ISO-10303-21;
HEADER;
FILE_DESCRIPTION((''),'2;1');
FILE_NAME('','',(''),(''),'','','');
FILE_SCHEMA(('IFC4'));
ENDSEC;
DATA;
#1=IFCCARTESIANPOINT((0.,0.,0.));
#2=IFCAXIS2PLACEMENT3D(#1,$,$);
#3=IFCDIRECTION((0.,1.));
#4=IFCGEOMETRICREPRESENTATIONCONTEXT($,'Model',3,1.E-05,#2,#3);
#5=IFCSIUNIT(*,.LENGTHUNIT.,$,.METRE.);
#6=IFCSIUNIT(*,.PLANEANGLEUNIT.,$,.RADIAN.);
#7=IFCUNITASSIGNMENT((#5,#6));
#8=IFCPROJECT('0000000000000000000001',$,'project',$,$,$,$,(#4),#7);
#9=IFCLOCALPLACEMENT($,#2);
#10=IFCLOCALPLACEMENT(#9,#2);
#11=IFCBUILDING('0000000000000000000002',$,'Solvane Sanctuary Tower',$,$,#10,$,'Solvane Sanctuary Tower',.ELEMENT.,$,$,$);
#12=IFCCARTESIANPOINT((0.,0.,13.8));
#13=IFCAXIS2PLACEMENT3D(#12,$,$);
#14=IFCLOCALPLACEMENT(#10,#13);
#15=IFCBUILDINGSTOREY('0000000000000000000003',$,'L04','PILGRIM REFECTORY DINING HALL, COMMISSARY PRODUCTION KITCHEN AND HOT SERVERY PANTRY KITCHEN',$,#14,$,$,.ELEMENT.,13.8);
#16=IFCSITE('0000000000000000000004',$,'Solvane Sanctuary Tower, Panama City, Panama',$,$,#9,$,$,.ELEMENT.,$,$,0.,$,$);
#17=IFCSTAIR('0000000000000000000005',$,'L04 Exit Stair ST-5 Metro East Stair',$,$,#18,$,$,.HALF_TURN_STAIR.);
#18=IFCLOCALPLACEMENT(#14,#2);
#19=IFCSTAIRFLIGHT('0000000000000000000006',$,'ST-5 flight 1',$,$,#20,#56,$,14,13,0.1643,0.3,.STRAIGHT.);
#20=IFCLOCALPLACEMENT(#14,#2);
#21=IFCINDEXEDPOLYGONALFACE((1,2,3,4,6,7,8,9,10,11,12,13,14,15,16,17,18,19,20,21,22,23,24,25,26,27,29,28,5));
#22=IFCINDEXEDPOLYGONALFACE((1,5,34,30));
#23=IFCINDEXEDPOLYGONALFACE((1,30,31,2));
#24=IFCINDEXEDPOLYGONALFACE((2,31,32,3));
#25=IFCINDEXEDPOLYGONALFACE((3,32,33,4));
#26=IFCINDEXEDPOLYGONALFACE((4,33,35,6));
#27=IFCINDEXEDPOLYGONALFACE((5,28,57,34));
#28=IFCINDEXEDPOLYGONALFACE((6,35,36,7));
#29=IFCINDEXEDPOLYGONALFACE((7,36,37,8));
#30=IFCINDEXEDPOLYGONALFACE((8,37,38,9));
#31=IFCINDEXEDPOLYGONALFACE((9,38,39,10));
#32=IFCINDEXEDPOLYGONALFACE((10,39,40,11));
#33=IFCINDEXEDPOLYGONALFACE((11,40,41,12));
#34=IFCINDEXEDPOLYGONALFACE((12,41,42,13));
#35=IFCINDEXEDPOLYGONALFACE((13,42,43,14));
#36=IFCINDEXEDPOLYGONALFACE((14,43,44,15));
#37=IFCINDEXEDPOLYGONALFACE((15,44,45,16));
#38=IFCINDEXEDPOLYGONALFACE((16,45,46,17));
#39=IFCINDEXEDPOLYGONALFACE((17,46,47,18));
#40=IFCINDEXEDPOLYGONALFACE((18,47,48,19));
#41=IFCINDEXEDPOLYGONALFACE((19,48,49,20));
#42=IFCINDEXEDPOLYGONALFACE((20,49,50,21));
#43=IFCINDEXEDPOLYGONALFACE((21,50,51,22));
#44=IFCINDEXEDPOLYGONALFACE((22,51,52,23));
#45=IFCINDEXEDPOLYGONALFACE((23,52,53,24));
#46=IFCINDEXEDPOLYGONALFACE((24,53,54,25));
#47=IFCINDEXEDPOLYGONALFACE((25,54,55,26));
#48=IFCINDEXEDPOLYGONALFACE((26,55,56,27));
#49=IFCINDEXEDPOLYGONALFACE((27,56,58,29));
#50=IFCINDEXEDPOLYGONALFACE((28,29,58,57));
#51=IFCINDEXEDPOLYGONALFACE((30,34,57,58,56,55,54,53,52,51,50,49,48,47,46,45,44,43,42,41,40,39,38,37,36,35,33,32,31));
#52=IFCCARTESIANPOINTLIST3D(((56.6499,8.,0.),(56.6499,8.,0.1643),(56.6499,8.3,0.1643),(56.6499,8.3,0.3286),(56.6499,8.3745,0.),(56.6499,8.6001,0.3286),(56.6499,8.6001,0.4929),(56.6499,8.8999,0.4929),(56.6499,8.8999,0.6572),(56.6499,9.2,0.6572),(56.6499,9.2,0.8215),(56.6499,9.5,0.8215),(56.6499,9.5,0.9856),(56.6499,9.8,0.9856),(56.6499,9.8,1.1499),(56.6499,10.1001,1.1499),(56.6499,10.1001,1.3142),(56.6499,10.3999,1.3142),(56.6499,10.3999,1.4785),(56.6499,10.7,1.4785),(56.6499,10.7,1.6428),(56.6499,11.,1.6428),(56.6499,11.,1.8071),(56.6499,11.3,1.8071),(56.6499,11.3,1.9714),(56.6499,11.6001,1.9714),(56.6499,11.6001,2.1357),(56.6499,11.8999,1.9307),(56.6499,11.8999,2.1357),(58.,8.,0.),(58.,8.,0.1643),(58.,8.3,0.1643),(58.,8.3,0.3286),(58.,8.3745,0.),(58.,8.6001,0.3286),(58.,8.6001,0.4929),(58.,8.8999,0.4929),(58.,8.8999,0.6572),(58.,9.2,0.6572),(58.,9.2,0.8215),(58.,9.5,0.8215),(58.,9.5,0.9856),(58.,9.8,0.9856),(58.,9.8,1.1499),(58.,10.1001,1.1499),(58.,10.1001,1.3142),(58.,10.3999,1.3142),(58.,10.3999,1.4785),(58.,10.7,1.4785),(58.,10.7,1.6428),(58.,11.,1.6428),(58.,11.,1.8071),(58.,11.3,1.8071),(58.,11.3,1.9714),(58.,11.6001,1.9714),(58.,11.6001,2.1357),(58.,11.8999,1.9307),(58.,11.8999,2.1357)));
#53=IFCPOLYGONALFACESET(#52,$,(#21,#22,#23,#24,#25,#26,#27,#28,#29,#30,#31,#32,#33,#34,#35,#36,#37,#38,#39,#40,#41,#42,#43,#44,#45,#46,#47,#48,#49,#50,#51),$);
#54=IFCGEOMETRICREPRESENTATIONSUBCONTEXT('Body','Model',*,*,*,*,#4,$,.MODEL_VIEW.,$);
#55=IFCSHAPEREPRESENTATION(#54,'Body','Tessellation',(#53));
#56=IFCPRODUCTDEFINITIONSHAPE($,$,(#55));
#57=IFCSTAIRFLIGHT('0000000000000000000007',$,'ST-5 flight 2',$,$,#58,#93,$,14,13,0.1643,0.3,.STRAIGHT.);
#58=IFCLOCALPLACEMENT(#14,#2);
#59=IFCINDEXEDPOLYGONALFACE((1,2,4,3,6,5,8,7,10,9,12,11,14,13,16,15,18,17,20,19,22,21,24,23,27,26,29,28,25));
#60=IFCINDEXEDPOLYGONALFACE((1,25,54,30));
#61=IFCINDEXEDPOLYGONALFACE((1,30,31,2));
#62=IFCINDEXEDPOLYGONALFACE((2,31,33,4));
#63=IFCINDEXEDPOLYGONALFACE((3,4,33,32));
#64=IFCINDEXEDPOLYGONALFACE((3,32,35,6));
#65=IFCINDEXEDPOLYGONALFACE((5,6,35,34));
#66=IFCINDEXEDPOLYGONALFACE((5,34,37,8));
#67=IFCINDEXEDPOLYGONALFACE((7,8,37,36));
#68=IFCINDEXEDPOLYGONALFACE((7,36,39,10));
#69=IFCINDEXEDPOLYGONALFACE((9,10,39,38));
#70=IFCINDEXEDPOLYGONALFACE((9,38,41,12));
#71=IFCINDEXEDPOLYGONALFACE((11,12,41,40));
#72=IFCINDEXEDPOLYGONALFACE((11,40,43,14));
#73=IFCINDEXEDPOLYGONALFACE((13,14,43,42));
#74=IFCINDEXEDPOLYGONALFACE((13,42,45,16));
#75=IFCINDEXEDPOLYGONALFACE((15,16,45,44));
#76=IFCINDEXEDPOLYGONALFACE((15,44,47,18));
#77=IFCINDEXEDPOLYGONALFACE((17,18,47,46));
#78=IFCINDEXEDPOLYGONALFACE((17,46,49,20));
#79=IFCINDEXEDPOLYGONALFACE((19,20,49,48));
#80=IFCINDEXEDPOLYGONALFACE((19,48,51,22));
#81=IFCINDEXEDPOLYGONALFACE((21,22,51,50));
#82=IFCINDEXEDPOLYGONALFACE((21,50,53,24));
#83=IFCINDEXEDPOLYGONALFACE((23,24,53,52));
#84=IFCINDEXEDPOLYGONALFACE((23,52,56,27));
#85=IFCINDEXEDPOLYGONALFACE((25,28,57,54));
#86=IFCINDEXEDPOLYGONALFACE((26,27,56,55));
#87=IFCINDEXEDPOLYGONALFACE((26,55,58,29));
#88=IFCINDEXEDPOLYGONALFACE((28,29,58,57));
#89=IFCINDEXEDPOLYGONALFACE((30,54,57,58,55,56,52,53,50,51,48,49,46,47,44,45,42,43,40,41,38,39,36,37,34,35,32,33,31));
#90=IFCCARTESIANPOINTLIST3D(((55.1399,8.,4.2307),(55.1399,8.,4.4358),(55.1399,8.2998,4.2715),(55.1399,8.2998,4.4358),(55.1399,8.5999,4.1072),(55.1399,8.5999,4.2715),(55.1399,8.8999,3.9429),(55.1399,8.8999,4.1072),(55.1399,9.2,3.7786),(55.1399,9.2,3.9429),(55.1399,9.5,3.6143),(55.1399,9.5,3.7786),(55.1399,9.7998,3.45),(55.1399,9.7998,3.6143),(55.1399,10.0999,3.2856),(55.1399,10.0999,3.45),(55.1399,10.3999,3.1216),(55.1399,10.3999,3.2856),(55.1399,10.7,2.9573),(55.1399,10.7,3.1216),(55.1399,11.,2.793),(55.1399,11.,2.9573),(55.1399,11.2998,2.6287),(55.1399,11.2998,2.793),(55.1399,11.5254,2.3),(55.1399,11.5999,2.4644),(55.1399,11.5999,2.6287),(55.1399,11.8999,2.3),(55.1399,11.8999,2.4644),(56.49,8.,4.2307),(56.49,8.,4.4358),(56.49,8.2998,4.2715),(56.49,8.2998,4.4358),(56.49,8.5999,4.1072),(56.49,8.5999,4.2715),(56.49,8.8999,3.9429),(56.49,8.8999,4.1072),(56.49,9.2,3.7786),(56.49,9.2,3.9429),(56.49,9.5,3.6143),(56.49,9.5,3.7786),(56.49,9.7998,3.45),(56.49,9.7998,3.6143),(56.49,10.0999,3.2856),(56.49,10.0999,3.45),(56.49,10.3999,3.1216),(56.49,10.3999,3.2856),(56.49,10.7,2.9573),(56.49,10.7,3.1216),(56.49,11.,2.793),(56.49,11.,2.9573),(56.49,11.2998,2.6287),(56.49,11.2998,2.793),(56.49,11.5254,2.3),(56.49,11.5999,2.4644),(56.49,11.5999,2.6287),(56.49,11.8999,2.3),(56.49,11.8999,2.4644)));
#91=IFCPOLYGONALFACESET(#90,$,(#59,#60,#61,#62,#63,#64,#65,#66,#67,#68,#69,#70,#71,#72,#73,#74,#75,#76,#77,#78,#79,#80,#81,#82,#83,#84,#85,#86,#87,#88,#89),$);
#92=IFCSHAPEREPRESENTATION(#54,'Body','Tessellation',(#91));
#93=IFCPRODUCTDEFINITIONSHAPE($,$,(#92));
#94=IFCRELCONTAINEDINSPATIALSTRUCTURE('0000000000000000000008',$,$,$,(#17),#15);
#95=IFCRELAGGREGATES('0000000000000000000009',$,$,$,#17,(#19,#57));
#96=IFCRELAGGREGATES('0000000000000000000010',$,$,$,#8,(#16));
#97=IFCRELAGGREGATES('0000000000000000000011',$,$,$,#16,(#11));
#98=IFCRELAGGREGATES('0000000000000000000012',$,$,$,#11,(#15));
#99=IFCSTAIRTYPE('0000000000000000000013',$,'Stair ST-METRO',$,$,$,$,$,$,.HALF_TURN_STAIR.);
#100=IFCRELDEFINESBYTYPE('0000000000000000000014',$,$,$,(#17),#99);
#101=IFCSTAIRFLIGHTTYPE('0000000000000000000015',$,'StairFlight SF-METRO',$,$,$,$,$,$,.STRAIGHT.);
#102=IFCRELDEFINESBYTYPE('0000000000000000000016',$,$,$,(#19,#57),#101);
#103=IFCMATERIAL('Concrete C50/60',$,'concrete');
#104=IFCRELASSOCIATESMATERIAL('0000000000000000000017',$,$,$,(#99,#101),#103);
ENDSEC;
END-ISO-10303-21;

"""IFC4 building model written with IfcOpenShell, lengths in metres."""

from ifc_helpers import new_model, si_unit, direction, frame, origin, place, context, subcontext, project, spatial, polyline, outline, extrude, material, type_object, element, aggregate, save


model = new_model("IFC4")

# Units and contexts
model_context = context("Model", 3, precision=1e-05, world=origin(), true_north=direction((0.0, 1.0)))
body_context = subcontext(model_context, "Body", "Model", "MODEL_VIEW")
ifc_project = project(units=[si_unit("LENGTHUNIT", "METRE"), si_unit("PLANEANGLEUNIT", "RADIAN")], contexts=[model_context])

# Site, building, storey
site_placement = place(None, origin())
site = spatial("IfcSite", under=ifc_project, at=site_placement, Name="Solvane Sanctuary Tower, Panama City, Panama", CompositionType="ELEMENT", RefElevation=0.0)
building_placement = place(site_placement, origin())
building = spatial("IfcBuilding", under=site, at=building_placement, Name="Solvane Sanctuary Tower", LongName="Solvane Sanctuary Tower", CompositionType="ELEMENT")
storey_placement = place(building_placement, frame((0.0, 0.0, 13.8)))
storey = spatial("IfcBuildingStorey", under=building, at=storey_placement, Name="L04", Description="PILGRIM REFECTORY DINING HALL, COMMISSARY PRODUCTION KITCHEN AND HOT SERVERY PANTRY KITCHEN", CompositionType="ELEMENT", Elevation=13.8)

# Shared definitions
ifc_material_1 = material(Name="Concrete C50/60", Category="concrete")

# Stair, stair flights
stair_type = type_object("IfcStairType", Name="Stair ST-METRO", PredefinedType="HALF_TURN_STAIR", material=ifc_material_1)
stair_placement = place(storey_placement, origin())
stair = element("IfcStair", 1, at=stair_placement, inside=storey, type_object=stair_type, Name="L04 Exit Stair ST-5 Metro East Stair", PredefinedType="HALF_TURN_STAIR")
stair_flight_type = type_object("IfcStairFlightType", Name="StairFlight SF-METRO", PredefinedType="STRAIGHT", material=ifc_material_1)
stair_flight_1_placement = place(storey_placement, frame((57.325, 8.0, 0.0), z_axis=(0.0, 0.0, 1.0), x_axis=(0.0, 1.0, 0.0)))
stair_flight_1 = element("IfcStairFlight", 2, at=stair_flight_1_placement, type_object=stair_flight_type, Name="ST-5 flight 1", NumberOfRisers=14, NumberOfTreads=13, PredefinedType="STRAIGHT", RiserHeight=0.1643, TreadLength=0.3, context=body_context, shape_type="SweptSolid", body=[
    extrude(outline(polyline([(0.0, 0.0), (0.0, 0.1643), (0.3, 0.1643), (0.3, 0.3286), (0.6001, 0.3286), (0.6001, 0.4929), (0.8999, 0.4929), (0.8999, 0.6572), (1.2, 0.6572), (1.2, 0.8215), (1.5, 0.8215), (1.5, 0.9856), (1.8, 0.9856), (1.8, 1.1499), (2.1001, 1.1499), (2.1001, 1.3142), (2.3999, 1.3142), (2.3999, 1.4785), (2.7, 1.4785), (2.7, 1.6428), (3.0, 1.6428), (3.0, 1.8071), (3.3, 1.8071), (3.3, 1.9714), (3.6001, 1.9714), (3.6001, 2.1357), (3.8999, 2.1357), (3.8999, 2.3), (3.8999, 1.9307), (0.3745, 0.0), (0.0, 0.0)])), frame((0.0, 0.675, 0.0), z_axis=(0.0, -1.0, 0.0), x_axis=(1.0, 0.0, 0.0)), (0.0, 0.0, 1.0), 1.3501),
])
stair_flight_2_placement = place(storey_placement, frame((55.8149, 11.8999, 2.3), z_axis=(0.0, 0.0, 1.0), x_axis=(0.0, -1.0, 0.0)))
stair_flight_2 = element("IfcStairFlight", 3, at=stair_flight_2_placement, type_object=stair_flight_type, Name="ST-5 flight 2", NumberOfRisers=14, NumberOfTreads=13, PredefinedType="STRAIGHT", RiserHeight=0.1643, TreadLength=0.3, context=body_context, shape_type="SweptSolid", body=[
    extrude(outline(polyline([(0.0, 0.0), (0.0, 0.1643), (0.3, 0.1643), (0.3, 0.3286), (0.6001, 0.3286), (0.6001, 0.4929), (0.8999, 0.4929), (0.8999, 0.6572), (1.2, 0.6572), (1.2, 0.8215), (1.5, 0.8215), (1.5, 0.9856), (1.8, 0.9856), (1.8, 1.1499), (2.1001, 1.1499), (2.1001, 1.3142), (2.3999, 1.3142), (2.3999, 1.4785), (2.7, 1.4785), (2.7, 1.6428), (3.0, 1.6428), (3.0, 1.8071), (3.3, 1.8071), (3.3, 1.9714), (3.6001, 1.9714), (3.6001, 2.1357), (3.8999, 2.1357), (3.8999, 2.3), (3.8999, 1.9307), (0.3745, 0.0), (0.0, 0.0)])), frame((0.0, 0.675, 0.0), z_axis=(0.0, -1.0, 0.0), x_axis=(1.0, 0.0, 0.0)), (0.0, 0.0, 1.0), 1.3501),
])
aggregate(stair, [stair_flight_1, stair_flight_2])

save(model, "model.ifc")
